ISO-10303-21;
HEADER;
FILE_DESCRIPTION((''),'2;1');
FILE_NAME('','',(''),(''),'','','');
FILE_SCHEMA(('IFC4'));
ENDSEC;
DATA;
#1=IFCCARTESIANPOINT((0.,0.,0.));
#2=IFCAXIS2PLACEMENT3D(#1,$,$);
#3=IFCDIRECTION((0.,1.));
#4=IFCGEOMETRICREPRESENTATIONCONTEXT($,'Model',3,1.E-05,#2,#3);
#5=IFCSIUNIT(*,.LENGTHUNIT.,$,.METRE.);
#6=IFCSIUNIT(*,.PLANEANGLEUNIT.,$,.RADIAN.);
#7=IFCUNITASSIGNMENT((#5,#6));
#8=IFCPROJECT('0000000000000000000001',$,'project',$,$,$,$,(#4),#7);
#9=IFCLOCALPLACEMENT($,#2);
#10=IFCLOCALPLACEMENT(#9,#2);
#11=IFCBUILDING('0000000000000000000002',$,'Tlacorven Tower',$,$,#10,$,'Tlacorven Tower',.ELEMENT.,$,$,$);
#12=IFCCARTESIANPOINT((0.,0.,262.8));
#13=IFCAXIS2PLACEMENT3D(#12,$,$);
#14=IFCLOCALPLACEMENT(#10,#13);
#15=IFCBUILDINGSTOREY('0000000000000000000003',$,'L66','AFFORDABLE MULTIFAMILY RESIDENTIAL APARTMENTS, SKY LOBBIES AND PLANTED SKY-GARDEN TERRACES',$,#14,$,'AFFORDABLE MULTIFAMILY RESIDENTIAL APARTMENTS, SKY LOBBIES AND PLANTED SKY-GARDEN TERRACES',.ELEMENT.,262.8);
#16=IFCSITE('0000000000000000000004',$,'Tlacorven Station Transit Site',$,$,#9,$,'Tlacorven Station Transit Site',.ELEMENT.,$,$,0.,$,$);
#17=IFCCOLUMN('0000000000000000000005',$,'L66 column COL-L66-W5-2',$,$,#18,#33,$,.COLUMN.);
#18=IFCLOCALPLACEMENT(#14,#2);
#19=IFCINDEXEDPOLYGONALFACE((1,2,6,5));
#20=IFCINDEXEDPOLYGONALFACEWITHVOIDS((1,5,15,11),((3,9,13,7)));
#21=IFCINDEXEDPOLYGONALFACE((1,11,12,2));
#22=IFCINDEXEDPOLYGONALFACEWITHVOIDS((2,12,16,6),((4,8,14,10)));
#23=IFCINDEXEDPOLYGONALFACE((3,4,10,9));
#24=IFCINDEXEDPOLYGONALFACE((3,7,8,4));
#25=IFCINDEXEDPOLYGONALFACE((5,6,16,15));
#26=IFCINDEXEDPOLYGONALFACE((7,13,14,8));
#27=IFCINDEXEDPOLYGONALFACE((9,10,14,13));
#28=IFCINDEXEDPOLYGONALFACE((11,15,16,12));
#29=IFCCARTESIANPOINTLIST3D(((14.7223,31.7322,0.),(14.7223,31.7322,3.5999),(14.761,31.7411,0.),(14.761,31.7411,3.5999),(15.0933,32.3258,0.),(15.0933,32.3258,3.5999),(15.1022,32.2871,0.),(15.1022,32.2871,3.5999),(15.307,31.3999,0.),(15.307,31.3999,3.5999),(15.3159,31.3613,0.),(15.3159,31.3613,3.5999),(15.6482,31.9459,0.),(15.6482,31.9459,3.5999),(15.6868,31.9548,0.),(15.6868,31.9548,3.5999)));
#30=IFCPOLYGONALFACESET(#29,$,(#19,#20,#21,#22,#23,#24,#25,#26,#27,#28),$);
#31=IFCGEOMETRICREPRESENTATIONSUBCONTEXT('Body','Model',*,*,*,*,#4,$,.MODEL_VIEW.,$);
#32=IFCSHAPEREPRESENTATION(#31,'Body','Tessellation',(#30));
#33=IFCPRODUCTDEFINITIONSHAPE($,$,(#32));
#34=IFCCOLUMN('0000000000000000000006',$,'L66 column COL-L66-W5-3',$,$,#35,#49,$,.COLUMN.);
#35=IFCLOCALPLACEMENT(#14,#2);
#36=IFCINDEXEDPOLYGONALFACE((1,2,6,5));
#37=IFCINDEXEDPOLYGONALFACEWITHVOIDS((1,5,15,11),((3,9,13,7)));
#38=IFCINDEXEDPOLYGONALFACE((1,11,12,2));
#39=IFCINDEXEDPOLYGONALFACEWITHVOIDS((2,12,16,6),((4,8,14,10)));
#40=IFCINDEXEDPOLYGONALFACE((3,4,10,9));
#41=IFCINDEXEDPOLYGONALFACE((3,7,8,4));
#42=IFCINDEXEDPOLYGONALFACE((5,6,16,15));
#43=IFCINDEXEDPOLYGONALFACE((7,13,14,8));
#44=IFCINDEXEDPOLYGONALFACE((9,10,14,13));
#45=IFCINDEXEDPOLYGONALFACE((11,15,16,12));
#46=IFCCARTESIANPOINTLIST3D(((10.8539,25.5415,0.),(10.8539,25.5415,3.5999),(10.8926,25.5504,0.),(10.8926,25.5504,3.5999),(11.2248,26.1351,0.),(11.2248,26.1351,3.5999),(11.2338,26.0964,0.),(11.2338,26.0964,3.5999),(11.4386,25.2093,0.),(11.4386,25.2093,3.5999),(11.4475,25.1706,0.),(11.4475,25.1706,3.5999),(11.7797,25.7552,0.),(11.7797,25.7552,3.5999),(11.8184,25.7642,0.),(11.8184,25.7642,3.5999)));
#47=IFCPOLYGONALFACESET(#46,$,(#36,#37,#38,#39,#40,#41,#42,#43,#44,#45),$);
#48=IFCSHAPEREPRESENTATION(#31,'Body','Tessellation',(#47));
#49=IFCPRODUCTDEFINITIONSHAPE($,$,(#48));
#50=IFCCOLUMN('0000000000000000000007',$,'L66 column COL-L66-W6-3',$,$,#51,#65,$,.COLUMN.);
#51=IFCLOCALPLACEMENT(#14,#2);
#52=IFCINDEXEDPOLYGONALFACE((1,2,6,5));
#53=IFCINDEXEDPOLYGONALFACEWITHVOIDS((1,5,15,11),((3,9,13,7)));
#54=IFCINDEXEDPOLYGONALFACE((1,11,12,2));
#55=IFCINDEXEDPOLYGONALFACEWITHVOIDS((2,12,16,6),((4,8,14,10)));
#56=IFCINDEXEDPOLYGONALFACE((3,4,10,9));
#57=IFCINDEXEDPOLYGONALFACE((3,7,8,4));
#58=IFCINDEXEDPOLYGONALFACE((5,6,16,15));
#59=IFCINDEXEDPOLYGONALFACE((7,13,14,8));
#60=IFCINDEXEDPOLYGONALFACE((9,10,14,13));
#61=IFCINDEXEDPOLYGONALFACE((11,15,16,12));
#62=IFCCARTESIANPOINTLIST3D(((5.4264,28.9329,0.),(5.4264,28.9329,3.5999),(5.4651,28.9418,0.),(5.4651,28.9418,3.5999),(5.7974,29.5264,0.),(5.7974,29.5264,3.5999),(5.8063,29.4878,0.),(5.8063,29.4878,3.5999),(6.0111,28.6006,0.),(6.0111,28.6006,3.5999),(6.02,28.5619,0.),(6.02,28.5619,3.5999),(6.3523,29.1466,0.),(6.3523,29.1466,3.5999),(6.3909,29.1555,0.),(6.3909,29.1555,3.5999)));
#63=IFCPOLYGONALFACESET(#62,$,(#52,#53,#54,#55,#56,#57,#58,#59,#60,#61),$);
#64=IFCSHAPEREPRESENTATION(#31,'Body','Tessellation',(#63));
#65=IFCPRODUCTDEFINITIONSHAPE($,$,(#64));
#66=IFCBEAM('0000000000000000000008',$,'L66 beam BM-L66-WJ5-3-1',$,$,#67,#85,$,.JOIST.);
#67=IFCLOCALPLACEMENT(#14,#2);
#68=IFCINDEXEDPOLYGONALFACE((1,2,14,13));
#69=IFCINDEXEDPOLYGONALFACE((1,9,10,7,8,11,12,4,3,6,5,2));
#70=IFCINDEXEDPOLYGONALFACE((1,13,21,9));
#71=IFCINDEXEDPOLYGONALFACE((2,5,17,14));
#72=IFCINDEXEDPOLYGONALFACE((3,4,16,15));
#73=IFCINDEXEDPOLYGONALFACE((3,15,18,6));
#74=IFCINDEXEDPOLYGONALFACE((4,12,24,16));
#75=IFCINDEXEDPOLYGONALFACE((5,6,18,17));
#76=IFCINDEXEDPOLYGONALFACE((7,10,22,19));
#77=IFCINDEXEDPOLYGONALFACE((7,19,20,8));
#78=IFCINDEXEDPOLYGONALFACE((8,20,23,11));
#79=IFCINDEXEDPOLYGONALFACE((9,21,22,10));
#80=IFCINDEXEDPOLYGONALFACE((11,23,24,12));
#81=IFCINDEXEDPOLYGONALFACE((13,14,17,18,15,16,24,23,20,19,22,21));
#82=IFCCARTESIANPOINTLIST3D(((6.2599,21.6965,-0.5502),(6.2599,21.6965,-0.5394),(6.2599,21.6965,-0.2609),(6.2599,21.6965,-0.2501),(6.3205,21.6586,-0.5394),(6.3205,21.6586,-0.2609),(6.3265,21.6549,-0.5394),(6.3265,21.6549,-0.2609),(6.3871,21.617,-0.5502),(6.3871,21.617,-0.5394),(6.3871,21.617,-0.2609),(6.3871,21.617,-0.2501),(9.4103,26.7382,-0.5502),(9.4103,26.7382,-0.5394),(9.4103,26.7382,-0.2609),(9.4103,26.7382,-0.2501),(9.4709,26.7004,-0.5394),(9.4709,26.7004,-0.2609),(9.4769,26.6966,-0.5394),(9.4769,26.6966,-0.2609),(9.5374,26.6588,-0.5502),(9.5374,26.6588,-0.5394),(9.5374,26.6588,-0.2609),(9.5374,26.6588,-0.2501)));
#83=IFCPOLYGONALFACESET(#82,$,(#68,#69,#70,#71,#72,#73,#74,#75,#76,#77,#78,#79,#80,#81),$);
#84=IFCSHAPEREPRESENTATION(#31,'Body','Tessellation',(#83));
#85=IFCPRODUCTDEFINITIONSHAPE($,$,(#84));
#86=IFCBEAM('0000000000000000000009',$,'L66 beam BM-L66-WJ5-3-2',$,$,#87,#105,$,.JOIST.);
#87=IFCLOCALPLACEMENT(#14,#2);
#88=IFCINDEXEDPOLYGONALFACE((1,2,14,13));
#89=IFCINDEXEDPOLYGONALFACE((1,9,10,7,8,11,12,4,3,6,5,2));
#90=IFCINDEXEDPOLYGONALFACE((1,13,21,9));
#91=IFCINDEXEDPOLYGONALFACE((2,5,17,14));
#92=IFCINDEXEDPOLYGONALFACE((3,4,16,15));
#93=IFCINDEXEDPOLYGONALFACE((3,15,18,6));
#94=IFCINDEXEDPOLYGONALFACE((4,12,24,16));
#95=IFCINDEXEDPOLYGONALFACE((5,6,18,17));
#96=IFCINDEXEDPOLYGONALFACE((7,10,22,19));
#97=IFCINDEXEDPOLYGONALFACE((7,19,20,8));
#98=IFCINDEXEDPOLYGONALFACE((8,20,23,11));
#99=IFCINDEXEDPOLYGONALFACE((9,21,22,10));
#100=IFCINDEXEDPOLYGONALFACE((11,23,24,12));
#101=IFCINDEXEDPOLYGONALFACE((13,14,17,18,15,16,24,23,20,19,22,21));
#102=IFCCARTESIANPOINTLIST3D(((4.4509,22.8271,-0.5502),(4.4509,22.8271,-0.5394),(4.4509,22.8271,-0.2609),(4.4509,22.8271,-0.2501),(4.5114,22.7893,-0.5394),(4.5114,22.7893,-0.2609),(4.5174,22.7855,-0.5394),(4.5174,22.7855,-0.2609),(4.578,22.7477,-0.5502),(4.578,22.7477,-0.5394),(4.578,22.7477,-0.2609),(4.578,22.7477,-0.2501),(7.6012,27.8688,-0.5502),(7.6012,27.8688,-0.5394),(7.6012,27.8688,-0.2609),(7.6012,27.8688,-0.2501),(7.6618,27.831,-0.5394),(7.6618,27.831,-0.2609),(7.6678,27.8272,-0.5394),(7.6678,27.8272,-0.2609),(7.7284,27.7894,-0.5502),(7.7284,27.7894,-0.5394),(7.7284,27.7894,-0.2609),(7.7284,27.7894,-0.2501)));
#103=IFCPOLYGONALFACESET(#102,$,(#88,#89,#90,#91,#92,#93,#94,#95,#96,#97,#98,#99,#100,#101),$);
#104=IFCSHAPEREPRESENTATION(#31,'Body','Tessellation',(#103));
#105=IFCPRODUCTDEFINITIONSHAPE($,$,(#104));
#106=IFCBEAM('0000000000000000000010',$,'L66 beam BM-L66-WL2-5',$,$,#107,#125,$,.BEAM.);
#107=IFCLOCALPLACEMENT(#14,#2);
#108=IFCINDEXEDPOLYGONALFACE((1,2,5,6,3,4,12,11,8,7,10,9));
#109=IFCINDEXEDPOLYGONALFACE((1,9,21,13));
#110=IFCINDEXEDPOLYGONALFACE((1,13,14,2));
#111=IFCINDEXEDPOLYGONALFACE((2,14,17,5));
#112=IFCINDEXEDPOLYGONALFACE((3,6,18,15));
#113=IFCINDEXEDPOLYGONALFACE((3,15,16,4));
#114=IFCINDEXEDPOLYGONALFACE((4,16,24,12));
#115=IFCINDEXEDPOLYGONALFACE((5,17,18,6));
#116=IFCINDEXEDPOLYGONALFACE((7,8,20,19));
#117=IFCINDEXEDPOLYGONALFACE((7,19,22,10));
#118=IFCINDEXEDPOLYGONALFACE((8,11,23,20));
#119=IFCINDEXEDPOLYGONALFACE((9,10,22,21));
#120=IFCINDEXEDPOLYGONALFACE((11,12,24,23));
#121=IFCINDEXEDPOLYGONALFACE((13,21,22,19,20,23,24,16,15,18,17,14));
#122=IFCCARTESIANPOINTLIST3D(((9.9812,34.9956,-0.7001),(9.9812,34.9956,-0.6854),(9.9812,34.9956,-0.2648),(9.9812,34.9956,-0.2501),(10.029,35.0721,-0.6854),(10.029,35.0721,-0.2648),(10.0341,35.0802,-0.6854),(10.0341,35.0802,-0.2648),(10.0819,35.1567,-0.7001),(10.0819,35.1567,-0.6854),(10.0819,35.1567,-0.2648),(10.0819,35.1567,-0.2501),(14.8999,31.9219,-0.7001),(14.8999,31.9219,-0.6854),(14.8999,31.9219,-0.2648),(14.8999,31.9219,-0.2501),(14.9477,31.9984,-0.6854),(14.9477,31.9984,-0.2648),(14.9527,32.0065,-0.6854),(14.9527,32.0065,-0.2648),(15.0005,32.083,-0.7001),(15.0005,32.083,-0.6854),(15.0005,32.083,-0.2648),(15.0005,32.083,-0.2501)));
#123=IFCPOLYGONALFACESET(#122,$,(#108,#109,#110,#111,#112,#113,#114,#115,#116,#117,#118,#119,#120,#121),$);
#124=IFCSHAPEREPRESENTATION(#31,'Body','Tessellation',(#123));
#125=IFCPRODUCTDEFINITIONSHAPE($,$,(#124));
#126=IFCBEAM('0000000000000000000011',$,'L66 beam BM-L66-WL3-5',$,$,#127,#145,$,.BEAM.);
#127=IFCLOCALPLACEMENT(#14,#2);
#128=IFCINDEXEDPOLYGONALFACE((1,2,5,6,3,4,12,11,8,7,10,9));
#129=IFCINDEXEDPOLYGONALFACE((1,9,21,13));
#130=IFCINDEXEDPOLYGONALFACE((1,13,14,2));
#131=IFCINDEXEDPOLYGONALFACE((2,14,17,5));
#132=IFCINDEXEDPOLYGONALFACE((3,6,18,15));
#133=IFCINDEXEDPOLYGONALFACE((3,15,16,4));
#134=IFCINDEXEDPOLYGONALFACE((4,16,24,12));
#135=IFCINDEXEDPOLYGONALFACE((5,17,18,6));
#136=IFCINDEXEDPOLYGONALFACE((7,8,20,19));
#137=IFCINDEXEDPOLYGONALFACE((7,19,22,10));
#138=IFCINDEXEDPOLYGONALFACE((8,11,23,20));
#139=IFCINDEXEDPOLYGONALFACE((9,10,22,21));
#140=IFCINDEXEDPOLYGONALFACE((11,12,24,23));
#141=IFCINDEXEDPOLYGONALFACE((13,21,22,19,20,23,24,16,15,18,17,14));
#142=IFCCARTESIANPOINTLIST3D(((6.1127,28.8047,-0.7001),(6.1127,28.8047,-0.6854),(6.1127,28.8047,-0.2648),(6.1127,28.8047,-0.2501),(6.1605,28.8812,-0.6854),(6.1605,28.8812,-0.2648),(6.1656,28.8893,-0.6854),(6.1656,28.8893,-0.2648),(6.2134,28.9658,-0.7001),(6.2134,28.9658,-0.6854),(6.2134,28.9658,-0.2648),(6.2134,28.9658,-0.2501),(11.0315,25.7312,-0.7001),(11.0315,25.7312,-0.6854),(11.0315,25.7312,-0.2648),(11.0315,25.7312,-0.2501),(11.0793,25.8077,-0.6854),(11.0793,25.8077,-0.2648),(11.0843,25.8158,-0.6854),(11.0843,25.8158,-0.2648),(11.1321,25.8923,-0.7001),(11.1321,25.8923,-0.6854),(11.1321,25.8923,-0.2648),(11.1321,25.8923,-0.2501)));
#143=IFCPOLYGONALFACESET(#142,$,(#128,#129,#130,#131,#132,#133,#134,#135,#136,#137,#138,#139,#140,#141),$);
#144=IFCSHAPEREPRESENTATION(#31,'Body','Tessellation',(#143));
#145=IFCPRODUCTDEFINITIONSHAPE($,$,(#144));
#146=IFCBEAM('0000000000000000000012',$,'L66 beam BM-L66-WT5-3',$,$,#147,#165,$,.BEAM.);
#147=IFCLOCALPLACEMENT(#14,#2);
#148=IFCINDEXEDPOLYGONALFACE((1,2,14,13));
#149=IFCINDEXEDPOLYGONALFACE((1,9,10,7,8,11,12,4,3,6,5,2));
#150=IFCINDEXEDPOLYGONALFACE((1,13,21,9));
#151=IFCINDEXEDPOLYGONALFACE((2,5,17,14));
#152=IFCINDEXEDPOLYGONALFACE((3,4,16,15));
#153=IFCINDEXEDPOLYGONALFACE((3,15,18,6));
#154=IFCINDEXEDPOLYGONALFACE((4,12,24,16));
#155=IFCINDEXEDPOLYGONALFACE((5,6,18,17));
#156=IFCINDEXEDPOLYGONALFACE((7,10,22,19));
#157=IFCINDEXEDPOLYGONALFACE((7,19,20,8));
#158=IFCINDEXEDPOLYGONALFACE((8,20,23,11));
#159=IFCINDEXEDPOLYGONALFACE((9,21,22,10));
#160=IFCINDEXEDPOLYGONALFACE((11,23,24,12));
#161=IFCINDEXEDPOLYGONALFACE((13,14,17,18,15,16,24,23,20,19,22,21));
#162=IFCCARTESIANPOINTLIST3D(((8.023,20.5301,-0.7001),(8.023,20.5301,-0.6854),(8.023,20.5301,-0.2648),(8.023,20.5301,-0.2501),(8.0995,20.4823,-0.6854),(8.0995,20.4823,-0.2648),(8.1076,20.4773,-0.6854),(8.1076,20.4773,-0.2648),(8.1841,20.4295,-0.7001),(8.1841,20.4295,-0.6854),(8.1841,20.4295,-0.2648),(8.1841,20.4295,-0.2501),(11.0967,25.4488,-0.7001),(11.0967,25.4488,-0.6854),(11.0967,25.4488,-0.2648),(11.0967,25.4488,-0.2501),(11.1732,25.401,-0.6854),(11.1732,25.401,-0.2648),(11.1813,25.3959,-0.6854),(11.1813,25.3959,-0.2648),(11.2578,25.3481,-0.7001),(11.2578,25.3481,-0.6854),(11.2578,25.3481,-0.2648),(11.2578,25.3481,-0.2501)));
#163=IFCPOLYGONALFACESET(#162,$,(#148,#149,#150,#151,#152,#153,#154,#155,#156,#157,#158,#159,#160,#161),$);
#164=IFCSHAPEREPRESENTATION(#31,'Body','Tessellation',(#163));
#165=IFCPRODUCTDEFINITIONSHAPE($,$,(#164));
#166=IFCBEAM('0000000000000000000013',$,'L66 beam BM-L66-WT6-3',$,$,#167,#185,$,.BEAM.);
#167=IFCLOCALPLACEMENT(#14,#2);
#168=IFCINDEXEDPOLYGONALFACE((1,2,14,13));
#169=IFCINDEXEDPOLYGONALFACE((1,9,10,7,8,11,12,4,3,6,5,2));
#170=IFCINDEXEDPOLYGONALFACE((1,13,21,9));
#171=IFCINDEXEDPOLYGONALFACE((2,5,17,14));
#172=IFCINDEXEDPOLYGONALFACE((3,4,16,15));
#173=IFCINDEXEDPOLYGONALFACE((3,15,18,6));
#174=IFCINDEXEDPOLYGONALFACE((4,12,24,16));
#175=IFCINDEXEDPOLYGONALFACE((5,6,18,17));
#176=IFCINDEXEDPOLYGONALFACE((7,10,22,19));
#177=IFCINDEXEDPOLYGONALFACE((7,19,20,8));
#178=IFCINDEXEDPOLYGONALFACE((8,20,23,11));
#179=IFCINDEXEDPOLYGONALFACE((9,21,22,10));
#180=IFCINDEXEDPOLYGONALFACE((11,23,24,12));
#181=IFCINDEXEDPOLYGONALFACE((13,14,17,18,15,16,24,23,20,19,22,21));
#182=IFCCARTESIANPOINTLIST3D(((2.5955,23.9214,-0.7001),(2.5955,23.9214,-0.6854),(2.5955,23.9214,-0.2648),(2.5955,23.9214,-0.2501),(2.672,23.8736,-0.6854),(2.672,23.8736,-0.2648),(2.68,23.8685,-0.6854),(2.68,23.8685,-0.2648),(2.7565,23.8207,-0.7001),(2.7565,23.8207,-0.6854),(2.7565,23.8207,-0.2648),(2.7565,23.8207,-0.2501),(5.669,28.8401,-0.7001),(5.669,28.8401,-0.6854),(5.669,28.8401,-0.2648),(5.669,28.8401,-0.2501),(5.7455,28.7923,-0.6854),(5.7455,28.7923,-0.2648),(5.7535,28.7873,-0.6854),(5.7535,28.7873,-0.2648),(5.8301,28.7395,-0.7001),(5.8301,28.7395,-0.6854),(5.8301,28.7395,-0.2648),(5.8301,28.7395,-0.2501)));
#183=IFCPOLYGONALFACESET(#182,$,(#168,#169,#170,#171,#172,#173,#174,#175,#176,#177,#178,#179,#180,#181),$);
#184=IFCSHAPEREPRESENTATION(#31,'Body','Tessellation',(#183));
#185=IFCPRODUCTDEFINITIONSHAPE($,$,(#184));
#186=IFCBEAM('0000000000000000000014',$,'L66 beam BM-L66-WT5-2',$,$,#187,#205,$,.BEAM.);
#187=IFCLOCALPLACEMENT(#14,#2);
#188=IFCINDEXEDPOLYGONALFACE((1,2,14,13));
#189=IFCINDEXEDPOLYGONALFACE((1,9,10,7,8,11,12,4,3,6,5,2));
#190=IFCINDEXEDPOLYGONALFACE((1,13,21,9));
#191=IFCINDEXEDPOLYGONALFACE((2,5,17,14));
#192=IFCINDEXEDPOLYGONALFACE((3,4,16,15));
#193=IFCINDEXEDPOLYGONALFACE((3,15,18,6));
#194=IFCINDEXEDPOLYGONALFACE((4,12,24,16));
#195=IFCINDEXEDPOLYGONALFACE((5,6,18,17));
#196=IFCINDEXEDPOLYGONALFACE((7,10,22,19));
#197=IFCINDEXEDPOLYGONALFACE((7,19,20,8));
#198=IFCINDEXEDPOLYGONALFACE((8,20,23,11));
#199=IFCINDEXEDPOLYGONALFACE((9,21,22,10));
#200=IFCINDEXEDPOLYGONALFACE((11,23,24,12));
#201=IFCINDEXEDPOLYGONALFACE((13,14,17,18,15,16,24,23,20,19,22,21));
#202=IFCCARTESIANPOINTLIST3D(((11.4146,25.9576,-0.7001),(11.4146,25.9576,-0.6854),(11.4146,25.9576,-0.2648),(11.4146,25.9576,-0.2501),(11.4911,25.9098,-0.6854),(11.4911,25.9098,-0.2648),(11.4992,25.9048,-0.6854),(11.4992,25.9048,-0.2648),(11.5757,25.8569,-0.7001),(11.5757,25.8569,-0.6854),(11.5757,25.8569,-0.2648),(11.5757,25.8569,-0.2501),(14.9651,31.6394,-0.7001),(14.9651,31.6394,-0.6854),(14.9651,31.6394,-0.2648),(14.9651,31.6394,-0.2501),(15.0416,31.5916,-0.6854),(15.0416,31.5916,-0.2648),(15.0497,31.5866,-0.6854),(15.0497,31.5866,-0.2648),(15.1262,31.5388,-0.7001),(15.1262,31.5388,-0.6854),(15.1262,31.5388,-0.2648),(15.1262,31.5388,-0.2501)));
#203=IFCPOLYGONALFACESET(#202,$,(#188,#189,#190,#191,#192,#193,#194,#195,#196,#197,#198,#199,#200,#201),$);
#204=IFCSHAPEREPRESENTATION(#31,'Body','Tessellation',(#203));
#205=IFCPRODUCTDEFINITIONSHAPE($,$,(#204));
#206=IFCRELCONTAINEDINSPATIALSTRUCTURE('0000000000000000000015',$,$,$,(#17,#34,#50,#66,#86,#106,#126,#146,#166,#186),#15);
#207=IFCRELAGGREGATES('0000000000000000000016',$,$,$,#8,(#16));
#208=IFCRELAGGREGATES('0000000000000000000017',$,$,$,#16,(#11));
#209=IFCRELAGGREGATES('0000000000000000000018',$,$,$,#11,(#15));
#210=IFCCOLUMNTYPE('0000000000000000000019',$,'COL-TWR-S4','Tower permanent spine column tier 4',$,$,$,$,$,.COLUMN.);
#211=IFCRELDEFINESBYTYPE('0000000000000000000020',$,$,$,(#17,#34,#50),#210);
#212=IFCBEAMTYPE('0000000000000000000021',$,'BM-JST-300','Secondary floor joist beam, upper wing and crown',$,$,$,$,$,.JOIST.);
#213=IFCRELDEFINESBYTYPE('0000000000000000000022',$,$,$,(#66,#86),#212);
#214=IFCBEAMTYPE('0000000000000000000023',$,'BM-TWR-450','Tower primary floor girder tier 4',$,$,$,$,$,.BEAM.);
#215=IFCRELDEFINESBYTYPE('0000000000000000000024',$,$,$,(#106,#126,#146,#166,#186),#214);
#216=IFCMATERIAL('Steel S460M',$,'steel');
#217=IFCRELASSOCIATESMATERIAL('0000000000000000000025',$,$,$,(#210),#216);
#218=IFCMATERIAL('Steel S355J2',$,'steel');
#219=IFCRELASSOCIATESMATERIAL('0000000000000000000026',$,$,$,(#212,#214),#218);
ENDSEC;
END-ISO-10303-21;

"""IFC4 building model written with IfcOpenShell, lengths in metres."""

from ifc_helpers import new_model, si_unit, direction, frame, origin, origin_2d, place, context, subcontext, project, spatial, hollow_rectangle, i_section, extrude, source, transform, mapped, material, material_profile, profile_set, type_object, element, save


model = new_model("IFC4")

# Units and contexts
model_context = context("Model", 3, precision=1e-05, world=origin(), true_north=direction((0.0, 1.0)))
body_context = subcontext(model_context, "Body", "Model", "MODEL_VIEW")
ifc_project = project(units=[si_unit("LENGTHUNIT", "METRE"), si_unit("PLANEANGLEUNIT", "RADIAN")], contexts=[model_context])

# Site, building, storey
site_placement = place(None, origin())
site = spatial("IfcSite", under=ifc_project, at=site_placement, Name="Tlacorven Station Transit Site", LongName="Tlacorven Station Transit Site", CompositionType="ELEMENT", RefElevation=0.0)
building_placement = place(site_placement, origin())
building = spatial("IfcBuilding", under=site, at=building_placement, Name="Tlacorven Tower", LongName="Tlacorven Tower", CompositionType="ELEMENT")
storey_placement = place(building_placement, frame((0.0, 0.0, 262.8)))
storey = spatial("IfcBuildingStorey", under=building, at=storey_placement, Name="L66", Description="AFFORDABLE MULTIFAMILY RESIDENTIAL APARTMENTS, SKY LOBBIES AND PLANTED SKY-GARDEN TERRACES", LongName="AFFORDABLE MULTIFAMILY RESIDENTIAL APARTMENTS, SKY LOBBIES AND PLANTED SKY-GARDEN TERRACES", CompositionType="ELEMENT", Elevation=262.8)

# Columns
ifc_material_1 = material(Name="Steel S460M", Category="steel")
ifc_material_profile_1 = material_profile(ifc_material_1, hollow_rectangle(XDim=0.7, YDim=0.7, WallThickness=0.0281, at=origin_2d()), Name="BOX 700X700X28")
ifc_profile_set_1 = profile_set([ifc_material_profile_1], Name="Steel S460M")
column_type = type_object("IfcColumnType", Name="COL-TWR-S4", Description="Tower permanent spine column tier 4", PredefinedType="COLUMN", material=ifc_profile_set_1)
shared_shape_1 = source(origin(), body_context, "Body", "SweptSolid", [
    extrude(hollow_rectangle(XDim=0.7, YDim=0.7, WallThickness=0.0281, at=origin_2d()), origin(), (0.0, 0.0, 1.0), 3.5999),
])
for number, where, z_axis, x_axis, name in (
    (1, (15.2046, 31.8435, 0.0), (0.0, 0.0, 1.0), (-0.848048, 0.529919, 0.0), "L66 column COL-L66-W5-2"),
    (2, (11.3362, 25.6528, 0.0), (0.0, 0.0, 1.0), (-0.848048, 0.529919, 0.0), "L66 column COL-L66-W5-3"),
    (3, (5.9087, 29.0442, 0.0), (0.0, 0.0, 1.0), (-0.848048, 0.529919, 0.0), "L66 column COL-L66-W6-3"),
):
    element("IfcColumn", number, at=place(storey_placement, frame(where, z_axis=z_axis, x_axis=x_axis)), inside=storey, type_object=column_type, Name=name, PredefinedType="COLUMN", context=body_context, shape_type="MappedRepresentation", body=[
        mapped(shared_shape_1, transform((0.0, 0.0, 0.0), scale=1.0)),
    ])

# Beams
ifc_material_2 = material(Name="Steel S355J2", Category="steel")
ifc_material_profile_2 = material_profile(ifc_material_2, i_section(OverallWidth=0.1499, OverallDepth=0.3, WebThickness=0.0071, FlangeThickness=0.0107, at=origin_2d()), Name="IPE 300")
ifc_profile_set_2 = profile_set([ifc_material_profile_2], Name="Steel S355J2")
beam_type_1 = type_object("IfcBeamType", Name="BM-JST-300", Description="Secondary floor joist beam, upper wing and crown", PredefinedType="JOIST", material=ifc_profile_set_2)
shared_shape_2 = source(origin(), body_context, "Body", "SweptSolid", [
    extrude(i_section(OverallWidth=0.1499, OverallDepth=0.3, WebThickness=0.0071, FlangeThickness=0.0107, at=origin_2d()), origin(), (0.0, 0.0, 1.0), 5.9451),
])
for number, where, z_axis, x_axis, name in (
    (4, (9.4739, 26.6985, -0.4001), (-0.529914, -0.848051, 0.0), (0.848051, -0.529914, 0.0), "L66 beam BM-L66-WJ5-3-1"),
    (5, (7.6648, 27.8291, -0.4001), (-0.529914, -0.848051, 0.0), (0.848051, -0.529914, 0.0), "L66 beam BM-L66-WJ5-3-2"),
):
    element("IfcBeam", number, at=place(storey_placement, frame(where, z_axis=z_axis, x_axis=x_axis)), inside=storey, type_object=beam_type_1, Name=name, PredefinedType="JOIST", context=body_context, shape_type="MappedRepresentation", body=[
        mapped(shared_shape_2, transform((0.0, 0.0, 0.0), scale=1.0)),
    ])
ifc_material_profile_3 = material_profile(ifc_material_2, i_section(OverallWidth=0.1899, OverallDepth=0.45, WebThickness=0.0095, FlangeThickness=0.0146, at=origin_2d()), Name="IPE 450")
ifc_profile_set_3 = profile_set([ifc_material_profile_3], Name="Steel S355J2")
beam_type_2 = type_object("IfcBeamType", Name="BM-TWR-450", Description="Tower primary floor girder tier 4", PredefinedType="BEAM", material=ifc_profile_set_3)
shared_shape_3 = source(origin(), body_context, "Body", "SweptSolid", [
    extrude(i_section(OverallWidth=0.1899, OverallDepth=0.45, WebThickness=0.0095, FlangeThickness=0.0146, at=origin_2d()), origin(), (0.0, 0.0, 1.0), 5.8),
])
for number, where, z_axis, x_axis, name in (
    (6, (14.9502, 32.0024, -0.4751), (-0.848034, 0.529942, 0.0), (-0.529942, -0.848034, 0.0), "L66 beam BM-L66-WL2-5"),
    (7, (11.0818, 25.8118, -0.4751), (-0.848053, 0.529912, 0.0), (-0.529912, -0.848053, 0.0), "L66 beam BM-L66-WL3-5"),
    (8, (11.1772, 25.3984, -0.4751), (-0.529942, -0.848034, 0.0), (0.848034, -0.529942, 0.0), "L66 beam BM-L66-WT5-3"),
    (9, (5.7495, 28.7898, -0.4751), (-0.529912, -0.848053, 0.0), (0.848053, -0.529912, 0.0), "L66 beam BM-L66-WT6-3"),
):
    element("IfcBeam", number, at=place(storey_placement, frame(where, z_axis=z_axis, x_axis=x_axis)), inside=storey, type_object=beam_type_2, Name=name, PredefinedType="BEAM", context=body_context, shape_type="MappedRepresentation", body=[
        mapped(shared_shape_3, transform((0.0, 0.0, 0.0), scale=1.0)),
    ])
shared_shape_4 = source(origin(), body_context, "Body", "SweptSolid", [
    extrude(i_section(OverallWidth=0.1899, OverallDepth=0.45, WebThickness=0.0095, FlangeThickness=0.0146, at=origin_2d()), origin(), (0.0, 0.0, 1.0), 6.7),
])
beam_placement = place(storey_placement, frame((15.0457, 31.5891, -0.4751), z_axis=(-0.52993, -0.848041, 0.0), x_axis=(0.848041, -0.52993, 0.0)))
element("IfcBeam", 10, at=beam_placement, inside=storey, type_object=beam_type_2, Name="L66 beam BM-L66-WT5-2", PredefinedType="BEAM", context=body_context, shape_type="MappedRepresentation", body=[
    mapped(shared_shape_4, transform((0.0, 0.0, 0.0), scale=1.0)),
])

save(model, "model.ifc")
